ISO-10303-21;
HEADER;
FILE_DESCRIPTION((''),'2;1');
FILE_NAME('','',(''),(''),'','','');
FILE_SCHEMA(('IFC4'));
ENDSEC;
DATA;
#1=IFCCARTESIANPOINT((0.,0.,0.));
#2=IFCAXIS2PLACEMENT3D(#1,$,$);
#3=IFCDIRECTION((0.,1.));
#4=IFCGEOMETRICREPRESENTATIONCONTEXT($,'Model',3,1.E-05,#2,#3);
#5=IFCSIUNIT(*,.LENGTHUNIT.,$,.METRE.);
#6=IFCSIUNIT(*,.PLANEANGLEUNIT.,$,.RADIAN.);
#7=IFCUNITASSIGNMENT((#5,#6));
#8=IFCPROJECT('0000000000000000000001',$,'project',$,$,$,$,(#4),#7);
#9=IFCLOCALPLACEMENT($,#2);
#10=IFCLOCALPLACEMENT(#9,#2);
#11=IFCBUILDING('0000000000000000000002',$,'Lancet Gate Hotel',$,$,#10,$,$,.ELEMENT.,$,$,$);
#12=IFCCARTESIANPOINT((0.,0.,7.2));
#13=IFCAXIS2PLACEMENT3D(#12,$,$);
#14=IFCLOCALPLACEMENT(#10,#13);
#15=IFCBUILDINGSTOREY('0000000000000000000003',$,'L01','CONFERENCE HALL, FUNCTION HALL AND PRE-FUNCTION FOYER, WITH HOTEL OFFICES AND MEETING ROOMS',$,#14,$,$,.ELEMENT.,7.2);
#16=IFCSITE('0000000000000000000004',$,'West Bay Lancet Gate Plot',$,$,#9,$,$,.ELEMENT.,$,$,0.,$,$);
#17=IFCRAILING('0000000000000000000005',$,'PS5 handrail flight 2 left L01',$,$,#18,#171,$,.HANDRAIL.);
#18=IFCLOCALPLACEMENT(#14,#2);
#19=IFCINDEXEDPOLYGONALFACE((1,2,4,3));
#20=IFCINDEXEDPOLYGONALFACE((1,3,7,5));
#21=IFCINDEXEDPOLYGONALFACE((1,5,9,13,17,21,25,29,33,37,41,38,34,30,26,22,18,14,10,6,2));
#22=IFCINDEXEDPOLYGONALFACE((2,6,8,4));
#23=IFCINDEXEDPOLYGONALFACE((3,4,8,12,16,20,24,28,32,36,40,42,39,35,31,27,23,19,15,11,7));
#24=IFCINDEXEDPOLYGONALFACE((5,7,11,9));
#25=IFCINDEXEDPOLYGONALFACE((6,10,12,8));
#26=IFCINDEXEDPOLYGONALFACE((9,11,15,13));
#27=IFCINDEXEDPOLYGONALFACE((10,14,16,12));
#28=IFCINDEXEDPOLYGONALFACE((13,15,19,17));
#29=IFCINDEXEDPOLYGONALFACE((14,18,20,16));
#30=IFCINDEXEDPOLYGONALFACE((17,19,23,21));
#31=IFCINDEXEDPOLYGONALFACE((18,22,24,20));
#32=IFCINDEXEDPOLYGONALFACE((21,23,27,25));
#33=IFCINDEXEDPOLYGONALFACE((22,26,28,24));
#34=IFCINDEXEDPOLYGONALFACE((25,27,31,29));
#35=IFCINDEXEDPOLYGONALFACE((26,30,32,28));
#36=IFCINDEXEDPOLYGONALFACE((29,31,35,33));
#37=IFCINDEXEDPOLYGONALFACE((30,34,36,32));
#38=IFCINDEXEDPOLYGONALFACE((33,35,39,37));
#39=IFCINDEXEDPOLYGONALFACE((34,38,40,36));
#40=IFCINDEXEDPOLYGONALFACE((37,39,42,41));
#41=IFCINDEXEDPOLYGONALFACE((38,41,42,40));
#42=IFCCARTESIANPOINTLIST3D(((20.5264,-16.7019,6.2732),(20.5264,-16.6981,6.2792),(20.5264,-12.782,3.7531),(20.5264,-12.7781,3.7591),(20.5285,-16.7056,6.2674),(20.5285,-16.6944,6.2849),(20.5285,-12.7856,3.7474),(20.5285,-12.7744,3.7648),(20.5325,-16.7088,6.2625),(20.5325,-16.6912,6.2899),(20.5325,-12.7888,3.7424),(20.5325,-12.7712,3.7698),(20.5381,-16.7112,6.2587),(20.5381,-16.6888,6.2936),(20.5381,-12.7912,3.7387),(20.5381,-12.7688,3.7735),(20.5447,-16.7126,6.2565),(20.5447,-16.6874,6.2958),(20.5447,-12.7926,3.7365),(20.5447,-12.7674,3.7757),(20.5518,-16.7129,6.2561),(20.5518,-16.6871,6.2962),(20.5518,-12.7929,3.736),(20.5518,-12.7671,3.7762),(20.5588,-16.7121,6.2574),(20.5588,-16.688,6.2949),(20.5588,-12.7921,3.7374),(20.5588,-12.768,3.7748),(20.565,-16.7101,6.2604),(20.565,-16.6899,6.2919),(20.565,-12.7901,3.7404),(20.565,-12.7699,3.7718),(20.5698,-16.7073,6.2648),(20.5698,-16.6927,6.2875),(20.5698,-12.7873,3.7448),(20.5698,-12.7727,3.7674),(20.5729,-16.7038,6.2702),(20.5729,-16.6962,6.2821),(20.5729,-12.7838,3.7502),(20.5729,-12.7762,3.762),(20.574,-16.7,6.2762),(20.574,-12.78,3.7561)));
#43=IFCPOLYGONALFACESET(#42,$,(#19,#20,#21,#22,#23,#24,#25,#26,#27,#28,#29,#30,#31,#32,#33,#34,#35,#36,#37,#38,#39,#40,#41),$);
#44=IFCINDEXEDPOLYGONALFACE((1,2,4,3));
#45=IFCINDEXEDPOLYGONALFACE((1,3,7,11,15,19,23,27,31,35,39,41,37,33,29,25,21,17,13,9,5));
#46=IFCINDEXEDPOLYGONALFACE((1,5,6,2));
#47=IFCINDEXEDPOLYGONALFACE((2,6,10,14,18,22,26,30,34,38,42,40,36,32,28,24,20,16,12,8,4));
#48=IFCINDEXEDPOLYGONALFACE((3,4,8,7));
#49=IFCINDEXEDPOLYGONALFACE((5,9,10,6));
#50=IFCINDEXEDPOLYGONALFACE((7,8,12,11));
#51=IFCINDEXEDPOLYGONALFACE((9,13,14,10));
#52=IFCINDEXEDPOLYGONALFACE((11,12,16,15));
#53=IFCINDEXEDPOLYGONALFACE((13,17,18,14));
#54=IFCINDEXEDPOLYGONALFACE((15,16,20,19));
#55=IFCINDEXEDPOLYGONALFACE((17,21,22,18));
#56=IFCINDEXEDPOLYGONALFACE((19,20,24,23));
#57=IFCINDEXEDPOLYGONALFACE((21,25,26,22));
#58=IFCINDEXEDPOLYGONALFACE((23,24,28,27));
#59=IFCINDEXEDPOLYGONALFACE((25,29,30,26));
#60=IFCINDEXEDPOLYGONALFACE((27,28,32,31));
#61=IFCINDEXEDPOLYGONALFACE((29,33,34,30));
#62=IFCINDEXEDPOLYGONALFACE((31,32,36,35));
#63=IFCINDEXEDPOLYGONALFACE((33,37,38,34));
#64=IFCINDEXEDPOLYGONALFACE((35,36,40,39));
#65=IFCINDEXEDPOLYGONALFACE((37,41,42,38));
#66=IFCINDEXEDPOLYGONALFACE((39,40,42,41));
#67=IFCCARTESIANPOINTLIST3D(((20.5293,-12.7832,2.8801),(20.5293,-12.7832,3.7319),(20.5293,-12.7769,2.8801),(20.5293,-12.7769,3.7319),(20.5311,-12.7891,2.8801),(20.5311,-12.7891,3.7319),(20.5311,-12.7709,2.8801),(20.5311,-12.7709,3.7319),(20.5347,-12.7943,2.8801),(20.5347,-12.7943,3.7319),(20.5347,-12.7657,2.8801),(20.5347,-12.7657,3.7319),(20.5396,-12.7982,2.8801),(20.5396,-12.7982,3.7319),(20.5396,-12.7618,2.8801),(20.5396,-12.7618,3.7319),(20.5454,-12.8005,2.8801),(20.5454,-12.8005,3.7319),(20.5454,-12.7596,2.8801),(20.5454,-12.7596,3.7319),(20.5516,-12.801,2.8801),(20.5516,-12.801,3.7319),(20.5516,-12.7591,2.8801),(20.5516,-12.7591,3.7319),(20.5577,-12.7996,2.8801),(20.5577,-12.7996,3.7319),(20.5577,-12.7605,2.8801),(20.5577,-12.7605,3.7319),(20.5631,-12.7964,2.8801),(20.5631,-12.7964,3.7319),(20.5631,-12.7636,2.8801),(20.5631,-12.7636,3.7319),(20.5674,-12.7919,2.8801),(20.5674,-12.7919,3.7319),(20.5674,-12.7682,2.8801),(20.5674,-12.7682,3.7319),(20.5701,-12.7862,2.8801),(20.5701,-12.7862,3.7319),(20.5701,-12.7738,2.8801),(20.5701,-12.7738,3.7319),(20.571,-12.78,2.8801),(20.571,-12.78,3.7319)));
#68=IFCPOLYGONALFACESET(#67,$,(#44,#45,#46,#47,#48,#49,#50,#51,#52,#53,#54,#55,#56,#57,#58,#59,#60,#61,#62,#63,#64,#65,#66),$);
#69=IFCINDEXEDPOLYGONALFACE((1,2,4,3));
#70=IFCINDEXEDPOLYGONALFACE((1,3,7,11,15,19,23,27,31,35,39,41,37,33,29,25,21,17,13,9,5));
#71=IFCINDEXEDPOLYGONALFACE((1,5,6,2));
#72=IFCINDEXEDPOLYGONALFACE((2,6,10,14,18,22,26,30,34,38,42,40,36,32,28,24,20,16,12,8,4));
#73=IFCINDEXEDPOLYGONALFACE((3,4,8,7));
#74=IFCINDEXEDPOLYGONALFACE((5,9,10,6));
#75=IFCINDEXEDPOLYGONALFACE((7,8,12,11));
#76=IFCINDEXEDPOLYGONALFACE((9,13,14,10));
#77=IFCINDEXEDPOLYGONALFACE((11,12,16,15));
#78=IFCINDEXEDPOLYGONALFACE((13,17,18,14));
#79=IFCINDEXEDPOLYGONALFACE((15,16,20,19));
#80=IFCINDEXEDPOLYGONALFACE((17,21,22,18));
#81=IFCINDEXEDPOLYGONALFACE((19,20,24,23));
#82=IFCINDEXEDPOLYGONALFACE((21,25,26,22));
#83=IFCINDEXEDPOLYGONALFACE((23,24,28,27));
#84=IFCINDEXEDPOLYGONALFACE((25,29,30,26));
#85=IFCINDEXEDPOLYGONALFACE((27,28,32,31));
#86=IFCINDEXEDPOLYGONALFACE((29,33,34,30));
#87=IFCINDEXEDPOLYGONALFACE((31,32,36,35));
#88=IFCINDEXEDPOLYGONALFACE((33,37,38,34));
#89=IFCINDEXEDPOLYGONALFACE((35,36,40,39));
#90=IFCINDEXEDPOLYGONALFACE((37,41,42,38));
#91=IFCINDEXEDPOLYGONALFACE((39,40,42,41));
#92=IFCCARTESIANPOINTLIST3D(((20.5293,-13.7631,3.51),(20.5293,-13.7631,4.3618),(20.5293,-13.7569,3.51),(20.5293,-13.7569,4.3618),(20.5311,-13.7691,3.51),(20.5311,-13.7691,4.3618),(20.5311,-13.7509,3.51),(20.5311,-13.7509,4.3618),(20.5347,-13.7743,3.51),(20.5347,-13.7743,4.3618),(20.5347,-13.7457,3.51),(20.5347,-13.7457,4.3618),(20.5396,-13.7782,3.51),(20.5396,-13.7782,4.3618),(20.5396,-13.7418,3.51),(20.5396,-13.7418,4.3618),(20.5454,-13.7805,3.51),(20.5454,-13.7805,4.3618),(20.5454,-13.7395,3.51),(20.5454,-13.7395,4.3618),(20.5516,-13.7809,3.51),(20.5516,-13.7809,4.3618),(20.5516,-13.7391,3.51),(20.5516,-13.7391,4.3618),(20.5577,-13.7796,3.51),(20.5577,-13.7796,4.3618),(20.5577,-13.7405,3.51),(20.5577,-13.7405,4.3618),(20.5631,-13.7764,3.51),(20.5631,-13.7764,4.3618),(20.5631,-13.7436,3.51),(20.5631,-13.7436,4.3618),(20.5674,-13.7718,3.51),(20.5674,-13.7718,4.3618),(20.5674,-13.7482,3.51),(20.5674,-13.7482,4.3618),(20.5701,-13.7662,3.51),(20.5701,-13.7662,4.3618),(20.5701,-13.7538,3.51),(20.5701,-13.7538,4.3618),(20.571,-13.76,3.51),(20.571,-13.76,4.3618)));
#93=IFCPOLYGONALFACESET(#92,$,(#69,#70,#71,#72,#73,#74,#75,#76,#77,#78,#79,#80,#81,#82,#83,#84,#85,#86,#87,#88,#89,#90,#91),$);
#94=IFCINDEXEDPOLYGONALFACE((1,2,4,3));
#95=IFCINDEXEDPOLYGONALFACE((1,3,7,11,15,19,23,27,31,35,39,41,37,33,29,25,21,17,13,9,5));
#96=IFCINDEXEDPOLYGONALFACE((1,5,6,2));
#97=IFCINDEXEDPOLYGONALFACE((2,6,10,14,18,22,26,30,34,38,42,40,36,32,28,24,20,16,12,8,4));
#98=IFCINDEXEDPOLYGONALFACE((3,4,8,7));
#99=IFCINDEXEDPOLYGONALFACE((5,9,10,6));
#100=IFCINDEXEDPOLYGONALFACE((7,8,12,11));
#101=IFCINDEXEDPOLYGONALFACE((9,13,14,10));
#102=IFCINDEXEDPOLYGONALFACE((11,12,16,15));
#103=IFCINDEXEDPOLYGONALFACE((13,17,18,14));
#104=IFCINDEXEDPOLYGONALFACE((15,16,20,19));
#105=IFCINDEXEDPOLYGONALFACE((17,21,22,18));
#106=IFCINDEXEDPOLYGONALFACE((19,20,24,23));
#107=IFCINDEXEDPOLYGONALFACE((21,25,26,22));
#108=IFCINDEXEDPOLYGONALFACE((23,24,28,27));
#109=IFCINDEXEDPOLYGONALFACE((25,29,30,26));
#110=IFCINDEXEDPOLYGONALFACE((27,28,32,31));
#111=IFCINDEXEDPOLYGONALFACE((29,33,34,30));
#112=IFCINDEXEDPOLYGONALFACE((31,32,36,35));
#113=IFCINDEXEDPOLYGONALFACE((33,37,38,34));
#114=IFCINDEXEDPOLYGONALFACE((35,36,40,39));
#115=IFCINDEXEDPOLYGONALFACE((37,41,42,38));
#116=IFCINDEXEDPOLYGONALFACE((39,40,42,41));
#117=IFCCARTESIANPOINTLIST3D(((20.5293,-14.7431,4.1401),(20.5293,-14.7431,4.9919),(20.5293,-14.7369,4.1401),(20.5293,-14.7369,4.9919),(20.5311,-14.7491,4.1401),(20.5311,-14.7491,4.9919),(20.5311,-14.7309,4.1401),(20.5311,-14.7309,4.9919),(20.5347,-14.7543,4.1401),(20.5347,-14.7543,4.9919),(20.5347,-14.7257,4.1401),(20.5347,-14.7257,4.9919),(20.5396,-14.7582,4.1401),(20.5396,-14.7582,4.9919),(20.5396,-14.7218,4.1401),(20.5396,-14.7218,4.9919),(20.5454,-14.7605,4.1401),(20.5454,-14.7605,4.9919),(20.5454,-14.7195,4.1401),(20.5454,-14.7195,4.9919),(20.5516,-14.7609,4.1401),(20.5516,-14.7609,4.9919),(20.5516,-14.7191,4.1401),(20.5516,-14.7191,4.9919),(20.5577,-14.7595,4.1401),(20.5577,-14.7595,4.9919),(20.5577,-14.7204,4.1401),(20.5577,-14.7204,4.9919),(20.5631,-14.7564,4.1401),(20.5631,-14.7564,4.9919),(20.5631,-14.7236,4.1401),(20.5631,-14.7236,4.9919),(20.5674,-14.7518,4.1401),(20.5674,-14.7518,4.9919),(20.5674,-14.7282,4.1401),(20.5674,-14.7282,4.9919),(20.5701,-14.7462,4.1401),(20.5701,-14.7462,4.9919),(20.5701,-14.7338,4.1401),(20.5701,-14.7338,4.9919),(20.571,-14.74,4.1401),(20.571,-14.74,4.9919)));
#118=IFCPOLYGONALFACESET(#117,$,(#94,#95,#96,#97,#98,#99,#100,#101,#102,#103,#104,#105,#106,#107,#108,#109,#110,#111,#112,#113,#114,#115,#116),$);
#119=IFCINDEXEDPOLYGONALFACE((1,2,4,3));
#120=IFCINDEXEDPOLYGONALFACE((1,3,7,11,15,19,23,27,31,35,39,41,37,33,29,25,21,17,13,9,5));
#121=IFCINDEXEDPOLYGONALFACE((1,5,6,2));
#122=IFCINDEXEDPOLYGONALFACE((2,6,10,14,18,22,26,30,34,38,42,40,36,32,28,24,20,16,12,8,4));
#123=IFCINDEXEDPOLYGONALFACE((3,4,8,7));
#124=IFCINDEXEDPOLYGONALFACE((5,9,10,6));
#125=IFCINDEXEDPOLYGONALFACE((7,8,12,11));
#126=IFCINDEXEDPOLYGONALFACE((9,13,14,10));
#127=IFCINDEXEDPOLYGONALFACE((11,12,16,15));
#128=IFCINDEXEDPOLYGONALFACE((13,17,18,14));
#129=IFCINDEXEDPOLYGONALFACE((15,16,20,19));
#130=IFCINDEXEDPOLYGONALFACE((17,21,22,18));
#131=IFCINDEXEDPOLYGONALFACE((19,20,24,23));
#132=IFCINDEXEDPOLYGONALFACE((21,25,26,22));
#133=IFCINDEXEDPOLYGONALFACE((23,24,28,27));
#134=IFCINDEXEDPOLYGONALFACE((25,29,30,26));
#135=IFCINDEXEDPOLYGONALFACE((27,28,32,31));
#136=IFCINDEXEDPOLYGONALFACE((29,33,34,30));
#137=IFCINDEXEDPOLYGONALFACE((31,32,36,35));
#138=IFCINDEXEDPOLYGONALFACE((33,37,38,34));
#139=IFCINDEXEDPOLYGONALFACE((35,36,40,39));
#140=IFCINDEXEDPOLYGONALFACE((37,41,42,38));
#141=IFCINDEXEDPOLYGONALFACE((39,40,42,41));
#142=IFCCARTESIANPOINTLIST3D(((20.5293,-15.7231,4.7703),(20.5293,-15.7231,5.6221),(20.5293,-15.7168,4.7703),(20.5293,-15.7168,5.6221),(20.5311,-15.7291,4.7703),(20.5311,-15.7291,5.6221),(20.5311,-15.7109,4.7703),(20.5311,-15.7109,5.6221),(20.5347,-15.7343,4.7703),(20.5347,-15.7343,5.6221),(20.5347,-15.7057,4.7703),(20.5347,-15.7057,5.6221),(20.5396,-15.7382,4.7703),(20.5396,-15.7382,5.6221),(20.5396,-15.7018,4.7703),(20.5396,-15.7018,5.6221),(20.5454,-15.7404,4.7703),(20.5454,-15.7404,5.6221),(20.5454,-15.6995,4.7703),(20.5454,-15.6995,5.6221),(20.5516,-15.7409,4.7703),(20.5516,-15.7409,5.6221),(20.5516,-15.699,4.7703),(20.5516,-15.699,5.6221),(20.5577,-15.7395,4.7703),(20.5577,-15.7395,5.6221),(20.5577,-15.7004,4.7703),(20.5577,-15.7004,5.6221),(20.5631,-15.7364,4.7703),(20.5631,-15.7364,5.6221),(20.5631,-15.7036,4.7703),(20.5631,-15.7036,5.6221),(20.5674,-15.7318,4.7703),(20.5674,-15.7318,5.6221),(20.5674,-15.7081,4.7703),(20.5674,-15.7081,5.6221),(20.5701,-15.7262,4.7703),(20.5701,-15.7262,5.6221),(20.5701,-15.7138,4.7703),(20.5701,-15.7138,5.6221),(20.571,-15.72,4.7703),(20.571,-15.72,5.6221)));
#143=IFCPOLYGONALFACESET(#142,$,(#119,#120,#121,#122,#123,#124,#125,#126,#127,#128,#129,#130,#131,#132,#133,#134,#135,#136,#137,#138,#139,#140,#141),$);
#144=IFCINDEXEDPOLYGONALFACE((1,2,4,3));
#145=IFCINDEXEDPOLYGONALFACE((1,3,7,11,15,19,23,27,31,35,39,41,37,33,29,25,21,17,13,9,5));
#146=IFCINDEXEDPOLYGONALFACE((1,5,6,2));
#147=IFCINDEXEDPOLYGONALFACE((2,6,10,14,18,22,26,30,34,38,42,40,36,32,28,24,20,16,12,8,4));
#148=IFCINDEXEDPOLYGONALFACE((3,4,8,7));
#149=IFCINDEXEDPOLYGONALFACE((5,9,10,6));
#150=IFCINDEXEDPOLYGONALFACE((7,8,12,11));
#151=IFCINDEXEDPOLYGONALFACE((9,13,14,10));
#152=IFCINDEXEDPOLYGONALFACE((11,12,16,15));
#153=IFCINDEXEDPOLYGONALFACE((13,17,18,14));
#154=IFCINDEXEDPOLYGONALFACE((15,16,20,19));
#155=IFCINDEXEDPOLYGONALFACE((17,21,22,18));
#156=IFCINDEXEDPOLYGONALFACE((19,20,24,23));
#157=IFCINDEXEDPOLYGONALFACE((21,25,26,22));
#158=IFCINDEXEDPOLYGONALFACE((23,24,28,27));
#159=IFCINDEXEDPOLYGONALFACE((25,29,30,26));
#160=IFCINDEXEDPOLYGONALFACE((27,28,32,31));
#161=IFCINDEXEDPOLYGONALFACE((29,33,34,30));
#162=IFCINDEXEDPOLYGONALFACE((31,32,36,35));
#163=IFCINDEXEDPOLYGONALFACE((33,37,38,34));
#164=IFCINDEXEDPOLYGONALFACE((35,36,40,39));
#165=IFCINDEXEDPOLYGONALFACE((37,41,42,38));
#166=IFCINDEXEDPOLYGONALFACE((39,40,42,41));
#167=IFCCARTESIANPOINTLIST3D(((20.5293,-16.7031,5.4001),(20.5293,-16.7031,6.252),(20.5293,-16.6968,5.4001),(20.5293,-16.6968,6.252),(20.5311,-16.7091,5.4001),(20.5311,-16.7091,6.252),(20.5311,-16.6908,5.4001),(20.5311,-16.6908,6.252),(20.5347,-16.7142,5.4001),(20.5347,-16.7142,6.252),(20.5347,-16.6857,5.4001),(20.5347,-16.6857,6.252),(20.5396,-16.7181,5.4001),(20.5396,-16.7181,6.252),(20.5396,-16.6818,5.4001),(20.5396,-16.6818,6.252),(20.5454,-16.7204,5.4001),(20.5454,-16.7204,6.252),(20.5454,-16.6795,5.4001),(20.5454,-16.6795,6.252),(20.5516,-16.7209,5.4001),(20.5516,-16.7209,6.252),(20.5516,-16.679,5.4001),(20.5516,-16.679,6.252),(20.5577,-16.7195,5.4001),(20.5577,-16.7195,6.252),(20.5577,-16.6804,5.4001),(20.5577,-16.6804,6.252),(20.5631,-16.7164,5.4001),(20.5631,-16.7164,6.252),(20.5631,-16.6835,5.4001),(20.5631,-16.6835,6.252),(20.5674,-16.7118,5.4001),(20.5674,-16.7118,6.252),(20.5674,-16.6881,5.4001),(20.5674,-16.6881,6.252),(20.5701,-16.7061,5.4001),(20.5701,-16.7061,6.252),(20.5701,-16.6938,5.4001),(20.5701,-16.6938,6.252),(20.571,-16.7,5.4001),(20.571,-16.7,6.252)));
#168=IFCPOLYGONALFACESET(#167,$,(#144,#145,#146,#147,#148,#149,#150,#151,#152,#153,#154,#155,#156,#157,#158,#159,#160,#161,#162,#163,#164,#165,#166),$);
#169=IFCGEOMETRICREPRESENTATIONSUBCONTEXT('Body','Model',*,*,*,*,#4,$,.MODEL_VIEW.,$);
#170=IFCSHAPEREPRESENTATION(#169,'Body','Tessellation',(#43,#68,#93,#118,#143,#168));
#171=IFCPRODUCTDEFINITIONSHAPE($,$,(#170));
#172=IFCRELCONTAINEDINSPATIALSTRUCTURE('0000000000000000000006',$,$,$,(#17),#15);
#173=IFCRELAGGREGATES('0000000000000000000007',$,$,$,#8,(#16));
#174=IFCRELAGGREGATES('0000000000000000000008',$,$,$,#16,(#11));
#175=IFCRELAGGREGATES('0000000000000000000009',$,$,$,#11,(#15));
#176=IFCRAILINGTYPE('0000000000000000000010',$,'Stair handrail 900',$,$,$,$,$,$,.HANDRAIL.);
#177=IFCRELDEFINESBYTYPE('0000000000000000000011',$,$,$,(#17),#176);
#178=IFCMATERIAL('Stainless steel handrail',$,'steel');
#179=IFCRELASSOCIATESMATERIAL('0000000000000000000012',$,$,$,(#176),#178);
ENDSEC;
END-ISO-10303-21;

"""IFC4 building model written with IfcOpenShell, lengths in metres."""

from ifc_helpers import new_model, si_unit, direction, frame, origin, origin_2d, place, context, subcontext, project, spatial, circle, extrude, material, type_object, element, save


model = new_model("IFC4")

# Units and contexts
model_context = context("Model", 3, precision=1e-05, world=origin(), true_north=direction((0.0, 1.0)))
body_context = subcontext(model_context, "Body", "Model", "MODEL_VIEW")
ifc_project = project(units=[si_unit("LENGTHUNIT", "METRE"), si_unit("PLANEANGLEUNIT", "RADIAN")], contexts=[model_context])

# Site, building, storey
site_placement = place(None, origin())
site = spatial("IfcSite", under=ifc_project, at=site_placement, Name="West Bay Lancet Gate Plot", CompositionType="ELEMENT", RefElevation=0.0)
building_placement = place(site_placement, origin())
building = spatial("IfcBuilding", under=site, at=building_placement, Name="Lancet Gate Hotel", CompositionType="ELEMENT")
storey_placement = place(building_placement, frame((0.0, 0.0, 7.2)))
storey = spatial("IfcBuildingStorey", under=building, at=storey_placement, Name="L01", Description="CONFERENCE HALL, FUNCTION HALL AND PRE-FUNCTION FOYER, WITH HOTEL OFFICES AND MEETING ROOMS", CompositionType="ELEMENT", Elevation=7.2)

# Railing
ifc_material_1 = material(Name="Stainless steel handrail", Category="steel")
railing_type_1 = type_object("IfcRailingType", Name="Stair handrail 900", PredefinedType="HANDRAIL", material=ifc_material_1)
for number, where, name in (
    (1, (20.55, -12.78, 2.8801), "PS5 handrail flight 2 left L01"),
):
    element("IfcRailing", number, at=place(storey_placement, frame(where)), inside=storey, type_object=railing_type_1, Name=name, PredefinedType="HANDRAIL", context=body_context, shape_type="SweptSolid", body=[
        extrude(circle(Radius=0.0239, at=origin_2d()), frame((0.0, 0.0, 0.876), z_axis=(0.0, -0.841172, 0.540768), x_axis=(1.0, 0.0, 0.0)), (0.0, 0.0, 1.0), 4.6602),
        extrude(circle(Radius=0.021, at=origin_2d()), origin(), (0.0, 0.0, 1.0), 0.8518),
        extrude(circle(Radius=0.021, at=origin_2d()), frame((0.0, -0.98, 0.6299)), (0.0, 0.0, 1.0), 0.8518),
        extrude(circle(Radius=0.021, at=origin_2d()), frame((0.0, -1.96, 1.26)), (0.0, 0.0, 1.0), 0.8518),
        extrude(circle(Radius=0.021, at=origin_2d()), frame((0.0, -2.9399, 1.8901)), (0.0, 0.0, 1.0), 0.8518),
        extrude(circle(Radius=0.021, at=origin_2d()), frame((0.0, -3.9199, 2.52)), (0.0, 0.0, 1.0), 0.8518),
    ])

save(model, "model.ifc")
